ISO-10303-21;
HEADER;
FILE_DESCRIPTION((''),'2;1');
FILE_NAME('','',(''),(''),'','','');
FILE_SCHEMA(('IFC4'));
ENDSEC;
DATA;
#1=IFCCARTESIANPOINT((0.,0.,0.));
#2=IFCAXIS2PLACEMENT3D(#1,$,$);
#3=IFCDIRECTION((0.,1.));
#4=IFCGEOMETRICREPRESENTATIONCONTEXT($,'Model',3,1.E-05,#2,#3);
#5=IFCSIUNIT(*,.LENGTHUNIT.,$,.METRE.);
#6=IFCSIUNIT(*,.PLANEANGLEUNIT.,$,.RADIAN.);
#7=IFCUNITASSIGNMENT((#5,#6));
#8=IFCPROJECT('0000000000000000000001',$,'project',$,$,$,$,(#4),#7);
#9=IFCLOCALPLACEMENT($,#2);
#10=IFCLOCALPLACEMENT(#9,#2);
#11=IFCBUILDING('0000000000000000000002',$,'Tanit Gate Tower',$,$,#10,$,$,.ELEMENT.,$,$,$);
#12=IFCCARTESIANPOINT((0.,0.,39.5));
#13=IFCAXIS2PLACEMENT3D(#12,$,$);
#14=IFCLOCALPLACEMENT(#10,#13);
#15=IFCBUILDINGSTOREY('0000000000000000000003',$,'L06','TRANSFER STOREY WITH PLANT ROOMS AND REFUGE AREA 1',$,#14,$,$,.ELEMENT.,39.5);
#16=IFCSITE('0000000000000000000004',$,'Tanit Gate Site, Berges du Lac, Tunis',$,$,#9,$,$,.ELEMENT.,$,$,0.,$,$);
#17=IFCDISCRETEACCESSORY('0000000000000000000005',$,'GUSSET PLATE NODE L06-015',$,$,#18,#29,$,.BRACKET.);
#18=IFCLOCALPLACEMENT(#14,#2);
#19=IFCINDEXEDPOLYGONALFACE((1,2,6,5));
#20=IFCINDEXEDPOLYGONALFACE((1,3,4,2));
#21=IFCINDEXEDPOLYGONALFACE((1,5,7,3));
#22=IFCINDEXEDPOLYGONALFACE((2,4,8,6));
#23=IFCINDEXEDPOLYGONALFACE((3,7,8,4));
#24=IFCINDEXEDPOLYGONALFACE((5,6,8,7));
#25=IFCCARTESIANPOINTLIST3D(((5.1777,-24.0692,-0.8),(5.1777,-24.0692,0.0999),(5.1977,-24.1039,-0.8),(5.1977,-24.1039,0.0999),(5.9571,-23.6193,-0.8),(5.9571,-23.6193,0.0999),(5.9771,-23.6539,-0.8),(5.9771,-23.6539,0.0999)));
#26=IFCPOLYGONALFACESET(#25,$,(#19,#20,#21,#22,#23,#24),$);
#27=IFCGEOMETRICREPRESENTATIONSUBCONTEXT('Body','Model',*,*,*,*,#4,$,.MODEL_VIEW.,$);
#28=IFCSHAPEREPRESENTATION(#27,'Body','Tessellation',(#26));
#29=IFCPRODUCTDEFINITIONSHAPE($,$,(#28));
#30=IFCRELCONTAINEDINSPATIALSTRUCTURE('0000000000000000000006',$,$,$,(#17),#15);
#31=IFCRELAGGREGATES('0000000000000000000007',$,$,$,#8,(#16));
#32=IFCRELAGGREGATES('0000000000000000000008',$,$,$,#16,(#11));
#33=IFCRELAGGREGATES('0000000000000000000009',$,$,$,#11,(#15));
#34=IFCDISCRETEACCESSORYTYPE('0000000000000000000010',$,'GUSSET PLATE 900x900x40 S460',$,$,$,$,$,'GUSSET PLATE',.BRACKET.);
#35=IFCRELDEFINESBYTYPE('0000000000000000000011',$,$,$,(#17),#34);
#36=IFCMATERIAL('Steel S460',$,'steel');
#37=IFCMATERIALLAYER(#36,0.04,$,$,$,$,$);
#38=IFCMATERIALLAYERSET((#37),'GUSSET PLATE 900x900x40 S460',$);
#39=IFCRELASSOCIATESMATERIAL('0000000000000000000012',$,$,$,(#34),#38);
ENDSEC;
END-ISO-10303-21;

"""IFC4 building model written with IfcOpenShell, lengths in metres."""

from ifc_helpers import new_model, si_unit, direction, frame, origin, origin_2d, place, context, subcontext, project, spatial, rectangle, extrude, material, layer, layer_set, type_object, element, save


model = new_model("IFC4")

# Units and contexts
model_context = context("Model", 3, precision=1e-05, world=origin(), true_north=direction((0.0, 1.0)))
body_context = subcontext(model_context, "Body", "Model", "MODEL_VIEW")
ifc_project = project(units=[si_unit("LENGTHUNIT", "METRE"), si_unit("PLANEANGLEUNIT", "RADIAN")], contexts=[model_context])

# Site, building, storey
site_placement = place(None, origin())
site = spatial("IfcSite", under=ifc_project, at=site_placement, Name="Tanit Gate Site, Berges du Lac, Tunis", CompositionType="ELEMENT", RefElevation=0.0)
building_placement = place(site_placement, origin())
building = spatial("IfcBuilding", under=site, at=building_placement, Name="Tanit Gate Tower", CompositionType="ELEMENT")
storey_placement = place(building_placement, frame((0.0, 0.0, 39.5)))
storey = spatial("IfcBuildingStorey", under=building, at=storey_placement, Name="L06", Description="TRANSFER STOREY WITH PLANT ROOMS AND REFUGE AREA 1", CompositionType="ELEMENT", Elevation=39.5)

# Discrete accessory
ifc_material_1 = material(Name="Steel S460", Category="steel")
ifc_layer_1 = layer(ifc_material_1, 0.04)
ifc_layer_set_1 = layer_set([ifc_layer_1], Name="GUSSET PLATE 900x900x40 S460")
discrete_accessory_type = type_object("IfcDiscreteAccessoryType", Name="GUSSET PLATE 900x900x40 S460", ElementType="GUSSET PLATE", PredefinedType="BRACKET", material=ifc_layer_set_1)
for number, where, z_axis, x_axis, name in (
    (1, (5.5774, -23.8616, -0.8), (0.0, 0.0, 1.0), (0.866025, 0.5, 0.0), "GUSSET PLATE NODE L06-015"),
):
    element("IfcDiscreteAccessory", number, at=place(storey_placement, frame(where, z_axis=z_axis, x_axis=x_axis)), inside=storey, type_object=discrete_accessory_type, Name=name, PredefinedType="BRACKET", context=body_context, shape_type="SweptSolid", body=[
        extrude(rectangle(XDim=0.8999, YDim=0.04, at=origin_2d()), origin(), (0.0, 0.0, 1.0), 0.8999),
    ])

save(model, "model.ifc")
